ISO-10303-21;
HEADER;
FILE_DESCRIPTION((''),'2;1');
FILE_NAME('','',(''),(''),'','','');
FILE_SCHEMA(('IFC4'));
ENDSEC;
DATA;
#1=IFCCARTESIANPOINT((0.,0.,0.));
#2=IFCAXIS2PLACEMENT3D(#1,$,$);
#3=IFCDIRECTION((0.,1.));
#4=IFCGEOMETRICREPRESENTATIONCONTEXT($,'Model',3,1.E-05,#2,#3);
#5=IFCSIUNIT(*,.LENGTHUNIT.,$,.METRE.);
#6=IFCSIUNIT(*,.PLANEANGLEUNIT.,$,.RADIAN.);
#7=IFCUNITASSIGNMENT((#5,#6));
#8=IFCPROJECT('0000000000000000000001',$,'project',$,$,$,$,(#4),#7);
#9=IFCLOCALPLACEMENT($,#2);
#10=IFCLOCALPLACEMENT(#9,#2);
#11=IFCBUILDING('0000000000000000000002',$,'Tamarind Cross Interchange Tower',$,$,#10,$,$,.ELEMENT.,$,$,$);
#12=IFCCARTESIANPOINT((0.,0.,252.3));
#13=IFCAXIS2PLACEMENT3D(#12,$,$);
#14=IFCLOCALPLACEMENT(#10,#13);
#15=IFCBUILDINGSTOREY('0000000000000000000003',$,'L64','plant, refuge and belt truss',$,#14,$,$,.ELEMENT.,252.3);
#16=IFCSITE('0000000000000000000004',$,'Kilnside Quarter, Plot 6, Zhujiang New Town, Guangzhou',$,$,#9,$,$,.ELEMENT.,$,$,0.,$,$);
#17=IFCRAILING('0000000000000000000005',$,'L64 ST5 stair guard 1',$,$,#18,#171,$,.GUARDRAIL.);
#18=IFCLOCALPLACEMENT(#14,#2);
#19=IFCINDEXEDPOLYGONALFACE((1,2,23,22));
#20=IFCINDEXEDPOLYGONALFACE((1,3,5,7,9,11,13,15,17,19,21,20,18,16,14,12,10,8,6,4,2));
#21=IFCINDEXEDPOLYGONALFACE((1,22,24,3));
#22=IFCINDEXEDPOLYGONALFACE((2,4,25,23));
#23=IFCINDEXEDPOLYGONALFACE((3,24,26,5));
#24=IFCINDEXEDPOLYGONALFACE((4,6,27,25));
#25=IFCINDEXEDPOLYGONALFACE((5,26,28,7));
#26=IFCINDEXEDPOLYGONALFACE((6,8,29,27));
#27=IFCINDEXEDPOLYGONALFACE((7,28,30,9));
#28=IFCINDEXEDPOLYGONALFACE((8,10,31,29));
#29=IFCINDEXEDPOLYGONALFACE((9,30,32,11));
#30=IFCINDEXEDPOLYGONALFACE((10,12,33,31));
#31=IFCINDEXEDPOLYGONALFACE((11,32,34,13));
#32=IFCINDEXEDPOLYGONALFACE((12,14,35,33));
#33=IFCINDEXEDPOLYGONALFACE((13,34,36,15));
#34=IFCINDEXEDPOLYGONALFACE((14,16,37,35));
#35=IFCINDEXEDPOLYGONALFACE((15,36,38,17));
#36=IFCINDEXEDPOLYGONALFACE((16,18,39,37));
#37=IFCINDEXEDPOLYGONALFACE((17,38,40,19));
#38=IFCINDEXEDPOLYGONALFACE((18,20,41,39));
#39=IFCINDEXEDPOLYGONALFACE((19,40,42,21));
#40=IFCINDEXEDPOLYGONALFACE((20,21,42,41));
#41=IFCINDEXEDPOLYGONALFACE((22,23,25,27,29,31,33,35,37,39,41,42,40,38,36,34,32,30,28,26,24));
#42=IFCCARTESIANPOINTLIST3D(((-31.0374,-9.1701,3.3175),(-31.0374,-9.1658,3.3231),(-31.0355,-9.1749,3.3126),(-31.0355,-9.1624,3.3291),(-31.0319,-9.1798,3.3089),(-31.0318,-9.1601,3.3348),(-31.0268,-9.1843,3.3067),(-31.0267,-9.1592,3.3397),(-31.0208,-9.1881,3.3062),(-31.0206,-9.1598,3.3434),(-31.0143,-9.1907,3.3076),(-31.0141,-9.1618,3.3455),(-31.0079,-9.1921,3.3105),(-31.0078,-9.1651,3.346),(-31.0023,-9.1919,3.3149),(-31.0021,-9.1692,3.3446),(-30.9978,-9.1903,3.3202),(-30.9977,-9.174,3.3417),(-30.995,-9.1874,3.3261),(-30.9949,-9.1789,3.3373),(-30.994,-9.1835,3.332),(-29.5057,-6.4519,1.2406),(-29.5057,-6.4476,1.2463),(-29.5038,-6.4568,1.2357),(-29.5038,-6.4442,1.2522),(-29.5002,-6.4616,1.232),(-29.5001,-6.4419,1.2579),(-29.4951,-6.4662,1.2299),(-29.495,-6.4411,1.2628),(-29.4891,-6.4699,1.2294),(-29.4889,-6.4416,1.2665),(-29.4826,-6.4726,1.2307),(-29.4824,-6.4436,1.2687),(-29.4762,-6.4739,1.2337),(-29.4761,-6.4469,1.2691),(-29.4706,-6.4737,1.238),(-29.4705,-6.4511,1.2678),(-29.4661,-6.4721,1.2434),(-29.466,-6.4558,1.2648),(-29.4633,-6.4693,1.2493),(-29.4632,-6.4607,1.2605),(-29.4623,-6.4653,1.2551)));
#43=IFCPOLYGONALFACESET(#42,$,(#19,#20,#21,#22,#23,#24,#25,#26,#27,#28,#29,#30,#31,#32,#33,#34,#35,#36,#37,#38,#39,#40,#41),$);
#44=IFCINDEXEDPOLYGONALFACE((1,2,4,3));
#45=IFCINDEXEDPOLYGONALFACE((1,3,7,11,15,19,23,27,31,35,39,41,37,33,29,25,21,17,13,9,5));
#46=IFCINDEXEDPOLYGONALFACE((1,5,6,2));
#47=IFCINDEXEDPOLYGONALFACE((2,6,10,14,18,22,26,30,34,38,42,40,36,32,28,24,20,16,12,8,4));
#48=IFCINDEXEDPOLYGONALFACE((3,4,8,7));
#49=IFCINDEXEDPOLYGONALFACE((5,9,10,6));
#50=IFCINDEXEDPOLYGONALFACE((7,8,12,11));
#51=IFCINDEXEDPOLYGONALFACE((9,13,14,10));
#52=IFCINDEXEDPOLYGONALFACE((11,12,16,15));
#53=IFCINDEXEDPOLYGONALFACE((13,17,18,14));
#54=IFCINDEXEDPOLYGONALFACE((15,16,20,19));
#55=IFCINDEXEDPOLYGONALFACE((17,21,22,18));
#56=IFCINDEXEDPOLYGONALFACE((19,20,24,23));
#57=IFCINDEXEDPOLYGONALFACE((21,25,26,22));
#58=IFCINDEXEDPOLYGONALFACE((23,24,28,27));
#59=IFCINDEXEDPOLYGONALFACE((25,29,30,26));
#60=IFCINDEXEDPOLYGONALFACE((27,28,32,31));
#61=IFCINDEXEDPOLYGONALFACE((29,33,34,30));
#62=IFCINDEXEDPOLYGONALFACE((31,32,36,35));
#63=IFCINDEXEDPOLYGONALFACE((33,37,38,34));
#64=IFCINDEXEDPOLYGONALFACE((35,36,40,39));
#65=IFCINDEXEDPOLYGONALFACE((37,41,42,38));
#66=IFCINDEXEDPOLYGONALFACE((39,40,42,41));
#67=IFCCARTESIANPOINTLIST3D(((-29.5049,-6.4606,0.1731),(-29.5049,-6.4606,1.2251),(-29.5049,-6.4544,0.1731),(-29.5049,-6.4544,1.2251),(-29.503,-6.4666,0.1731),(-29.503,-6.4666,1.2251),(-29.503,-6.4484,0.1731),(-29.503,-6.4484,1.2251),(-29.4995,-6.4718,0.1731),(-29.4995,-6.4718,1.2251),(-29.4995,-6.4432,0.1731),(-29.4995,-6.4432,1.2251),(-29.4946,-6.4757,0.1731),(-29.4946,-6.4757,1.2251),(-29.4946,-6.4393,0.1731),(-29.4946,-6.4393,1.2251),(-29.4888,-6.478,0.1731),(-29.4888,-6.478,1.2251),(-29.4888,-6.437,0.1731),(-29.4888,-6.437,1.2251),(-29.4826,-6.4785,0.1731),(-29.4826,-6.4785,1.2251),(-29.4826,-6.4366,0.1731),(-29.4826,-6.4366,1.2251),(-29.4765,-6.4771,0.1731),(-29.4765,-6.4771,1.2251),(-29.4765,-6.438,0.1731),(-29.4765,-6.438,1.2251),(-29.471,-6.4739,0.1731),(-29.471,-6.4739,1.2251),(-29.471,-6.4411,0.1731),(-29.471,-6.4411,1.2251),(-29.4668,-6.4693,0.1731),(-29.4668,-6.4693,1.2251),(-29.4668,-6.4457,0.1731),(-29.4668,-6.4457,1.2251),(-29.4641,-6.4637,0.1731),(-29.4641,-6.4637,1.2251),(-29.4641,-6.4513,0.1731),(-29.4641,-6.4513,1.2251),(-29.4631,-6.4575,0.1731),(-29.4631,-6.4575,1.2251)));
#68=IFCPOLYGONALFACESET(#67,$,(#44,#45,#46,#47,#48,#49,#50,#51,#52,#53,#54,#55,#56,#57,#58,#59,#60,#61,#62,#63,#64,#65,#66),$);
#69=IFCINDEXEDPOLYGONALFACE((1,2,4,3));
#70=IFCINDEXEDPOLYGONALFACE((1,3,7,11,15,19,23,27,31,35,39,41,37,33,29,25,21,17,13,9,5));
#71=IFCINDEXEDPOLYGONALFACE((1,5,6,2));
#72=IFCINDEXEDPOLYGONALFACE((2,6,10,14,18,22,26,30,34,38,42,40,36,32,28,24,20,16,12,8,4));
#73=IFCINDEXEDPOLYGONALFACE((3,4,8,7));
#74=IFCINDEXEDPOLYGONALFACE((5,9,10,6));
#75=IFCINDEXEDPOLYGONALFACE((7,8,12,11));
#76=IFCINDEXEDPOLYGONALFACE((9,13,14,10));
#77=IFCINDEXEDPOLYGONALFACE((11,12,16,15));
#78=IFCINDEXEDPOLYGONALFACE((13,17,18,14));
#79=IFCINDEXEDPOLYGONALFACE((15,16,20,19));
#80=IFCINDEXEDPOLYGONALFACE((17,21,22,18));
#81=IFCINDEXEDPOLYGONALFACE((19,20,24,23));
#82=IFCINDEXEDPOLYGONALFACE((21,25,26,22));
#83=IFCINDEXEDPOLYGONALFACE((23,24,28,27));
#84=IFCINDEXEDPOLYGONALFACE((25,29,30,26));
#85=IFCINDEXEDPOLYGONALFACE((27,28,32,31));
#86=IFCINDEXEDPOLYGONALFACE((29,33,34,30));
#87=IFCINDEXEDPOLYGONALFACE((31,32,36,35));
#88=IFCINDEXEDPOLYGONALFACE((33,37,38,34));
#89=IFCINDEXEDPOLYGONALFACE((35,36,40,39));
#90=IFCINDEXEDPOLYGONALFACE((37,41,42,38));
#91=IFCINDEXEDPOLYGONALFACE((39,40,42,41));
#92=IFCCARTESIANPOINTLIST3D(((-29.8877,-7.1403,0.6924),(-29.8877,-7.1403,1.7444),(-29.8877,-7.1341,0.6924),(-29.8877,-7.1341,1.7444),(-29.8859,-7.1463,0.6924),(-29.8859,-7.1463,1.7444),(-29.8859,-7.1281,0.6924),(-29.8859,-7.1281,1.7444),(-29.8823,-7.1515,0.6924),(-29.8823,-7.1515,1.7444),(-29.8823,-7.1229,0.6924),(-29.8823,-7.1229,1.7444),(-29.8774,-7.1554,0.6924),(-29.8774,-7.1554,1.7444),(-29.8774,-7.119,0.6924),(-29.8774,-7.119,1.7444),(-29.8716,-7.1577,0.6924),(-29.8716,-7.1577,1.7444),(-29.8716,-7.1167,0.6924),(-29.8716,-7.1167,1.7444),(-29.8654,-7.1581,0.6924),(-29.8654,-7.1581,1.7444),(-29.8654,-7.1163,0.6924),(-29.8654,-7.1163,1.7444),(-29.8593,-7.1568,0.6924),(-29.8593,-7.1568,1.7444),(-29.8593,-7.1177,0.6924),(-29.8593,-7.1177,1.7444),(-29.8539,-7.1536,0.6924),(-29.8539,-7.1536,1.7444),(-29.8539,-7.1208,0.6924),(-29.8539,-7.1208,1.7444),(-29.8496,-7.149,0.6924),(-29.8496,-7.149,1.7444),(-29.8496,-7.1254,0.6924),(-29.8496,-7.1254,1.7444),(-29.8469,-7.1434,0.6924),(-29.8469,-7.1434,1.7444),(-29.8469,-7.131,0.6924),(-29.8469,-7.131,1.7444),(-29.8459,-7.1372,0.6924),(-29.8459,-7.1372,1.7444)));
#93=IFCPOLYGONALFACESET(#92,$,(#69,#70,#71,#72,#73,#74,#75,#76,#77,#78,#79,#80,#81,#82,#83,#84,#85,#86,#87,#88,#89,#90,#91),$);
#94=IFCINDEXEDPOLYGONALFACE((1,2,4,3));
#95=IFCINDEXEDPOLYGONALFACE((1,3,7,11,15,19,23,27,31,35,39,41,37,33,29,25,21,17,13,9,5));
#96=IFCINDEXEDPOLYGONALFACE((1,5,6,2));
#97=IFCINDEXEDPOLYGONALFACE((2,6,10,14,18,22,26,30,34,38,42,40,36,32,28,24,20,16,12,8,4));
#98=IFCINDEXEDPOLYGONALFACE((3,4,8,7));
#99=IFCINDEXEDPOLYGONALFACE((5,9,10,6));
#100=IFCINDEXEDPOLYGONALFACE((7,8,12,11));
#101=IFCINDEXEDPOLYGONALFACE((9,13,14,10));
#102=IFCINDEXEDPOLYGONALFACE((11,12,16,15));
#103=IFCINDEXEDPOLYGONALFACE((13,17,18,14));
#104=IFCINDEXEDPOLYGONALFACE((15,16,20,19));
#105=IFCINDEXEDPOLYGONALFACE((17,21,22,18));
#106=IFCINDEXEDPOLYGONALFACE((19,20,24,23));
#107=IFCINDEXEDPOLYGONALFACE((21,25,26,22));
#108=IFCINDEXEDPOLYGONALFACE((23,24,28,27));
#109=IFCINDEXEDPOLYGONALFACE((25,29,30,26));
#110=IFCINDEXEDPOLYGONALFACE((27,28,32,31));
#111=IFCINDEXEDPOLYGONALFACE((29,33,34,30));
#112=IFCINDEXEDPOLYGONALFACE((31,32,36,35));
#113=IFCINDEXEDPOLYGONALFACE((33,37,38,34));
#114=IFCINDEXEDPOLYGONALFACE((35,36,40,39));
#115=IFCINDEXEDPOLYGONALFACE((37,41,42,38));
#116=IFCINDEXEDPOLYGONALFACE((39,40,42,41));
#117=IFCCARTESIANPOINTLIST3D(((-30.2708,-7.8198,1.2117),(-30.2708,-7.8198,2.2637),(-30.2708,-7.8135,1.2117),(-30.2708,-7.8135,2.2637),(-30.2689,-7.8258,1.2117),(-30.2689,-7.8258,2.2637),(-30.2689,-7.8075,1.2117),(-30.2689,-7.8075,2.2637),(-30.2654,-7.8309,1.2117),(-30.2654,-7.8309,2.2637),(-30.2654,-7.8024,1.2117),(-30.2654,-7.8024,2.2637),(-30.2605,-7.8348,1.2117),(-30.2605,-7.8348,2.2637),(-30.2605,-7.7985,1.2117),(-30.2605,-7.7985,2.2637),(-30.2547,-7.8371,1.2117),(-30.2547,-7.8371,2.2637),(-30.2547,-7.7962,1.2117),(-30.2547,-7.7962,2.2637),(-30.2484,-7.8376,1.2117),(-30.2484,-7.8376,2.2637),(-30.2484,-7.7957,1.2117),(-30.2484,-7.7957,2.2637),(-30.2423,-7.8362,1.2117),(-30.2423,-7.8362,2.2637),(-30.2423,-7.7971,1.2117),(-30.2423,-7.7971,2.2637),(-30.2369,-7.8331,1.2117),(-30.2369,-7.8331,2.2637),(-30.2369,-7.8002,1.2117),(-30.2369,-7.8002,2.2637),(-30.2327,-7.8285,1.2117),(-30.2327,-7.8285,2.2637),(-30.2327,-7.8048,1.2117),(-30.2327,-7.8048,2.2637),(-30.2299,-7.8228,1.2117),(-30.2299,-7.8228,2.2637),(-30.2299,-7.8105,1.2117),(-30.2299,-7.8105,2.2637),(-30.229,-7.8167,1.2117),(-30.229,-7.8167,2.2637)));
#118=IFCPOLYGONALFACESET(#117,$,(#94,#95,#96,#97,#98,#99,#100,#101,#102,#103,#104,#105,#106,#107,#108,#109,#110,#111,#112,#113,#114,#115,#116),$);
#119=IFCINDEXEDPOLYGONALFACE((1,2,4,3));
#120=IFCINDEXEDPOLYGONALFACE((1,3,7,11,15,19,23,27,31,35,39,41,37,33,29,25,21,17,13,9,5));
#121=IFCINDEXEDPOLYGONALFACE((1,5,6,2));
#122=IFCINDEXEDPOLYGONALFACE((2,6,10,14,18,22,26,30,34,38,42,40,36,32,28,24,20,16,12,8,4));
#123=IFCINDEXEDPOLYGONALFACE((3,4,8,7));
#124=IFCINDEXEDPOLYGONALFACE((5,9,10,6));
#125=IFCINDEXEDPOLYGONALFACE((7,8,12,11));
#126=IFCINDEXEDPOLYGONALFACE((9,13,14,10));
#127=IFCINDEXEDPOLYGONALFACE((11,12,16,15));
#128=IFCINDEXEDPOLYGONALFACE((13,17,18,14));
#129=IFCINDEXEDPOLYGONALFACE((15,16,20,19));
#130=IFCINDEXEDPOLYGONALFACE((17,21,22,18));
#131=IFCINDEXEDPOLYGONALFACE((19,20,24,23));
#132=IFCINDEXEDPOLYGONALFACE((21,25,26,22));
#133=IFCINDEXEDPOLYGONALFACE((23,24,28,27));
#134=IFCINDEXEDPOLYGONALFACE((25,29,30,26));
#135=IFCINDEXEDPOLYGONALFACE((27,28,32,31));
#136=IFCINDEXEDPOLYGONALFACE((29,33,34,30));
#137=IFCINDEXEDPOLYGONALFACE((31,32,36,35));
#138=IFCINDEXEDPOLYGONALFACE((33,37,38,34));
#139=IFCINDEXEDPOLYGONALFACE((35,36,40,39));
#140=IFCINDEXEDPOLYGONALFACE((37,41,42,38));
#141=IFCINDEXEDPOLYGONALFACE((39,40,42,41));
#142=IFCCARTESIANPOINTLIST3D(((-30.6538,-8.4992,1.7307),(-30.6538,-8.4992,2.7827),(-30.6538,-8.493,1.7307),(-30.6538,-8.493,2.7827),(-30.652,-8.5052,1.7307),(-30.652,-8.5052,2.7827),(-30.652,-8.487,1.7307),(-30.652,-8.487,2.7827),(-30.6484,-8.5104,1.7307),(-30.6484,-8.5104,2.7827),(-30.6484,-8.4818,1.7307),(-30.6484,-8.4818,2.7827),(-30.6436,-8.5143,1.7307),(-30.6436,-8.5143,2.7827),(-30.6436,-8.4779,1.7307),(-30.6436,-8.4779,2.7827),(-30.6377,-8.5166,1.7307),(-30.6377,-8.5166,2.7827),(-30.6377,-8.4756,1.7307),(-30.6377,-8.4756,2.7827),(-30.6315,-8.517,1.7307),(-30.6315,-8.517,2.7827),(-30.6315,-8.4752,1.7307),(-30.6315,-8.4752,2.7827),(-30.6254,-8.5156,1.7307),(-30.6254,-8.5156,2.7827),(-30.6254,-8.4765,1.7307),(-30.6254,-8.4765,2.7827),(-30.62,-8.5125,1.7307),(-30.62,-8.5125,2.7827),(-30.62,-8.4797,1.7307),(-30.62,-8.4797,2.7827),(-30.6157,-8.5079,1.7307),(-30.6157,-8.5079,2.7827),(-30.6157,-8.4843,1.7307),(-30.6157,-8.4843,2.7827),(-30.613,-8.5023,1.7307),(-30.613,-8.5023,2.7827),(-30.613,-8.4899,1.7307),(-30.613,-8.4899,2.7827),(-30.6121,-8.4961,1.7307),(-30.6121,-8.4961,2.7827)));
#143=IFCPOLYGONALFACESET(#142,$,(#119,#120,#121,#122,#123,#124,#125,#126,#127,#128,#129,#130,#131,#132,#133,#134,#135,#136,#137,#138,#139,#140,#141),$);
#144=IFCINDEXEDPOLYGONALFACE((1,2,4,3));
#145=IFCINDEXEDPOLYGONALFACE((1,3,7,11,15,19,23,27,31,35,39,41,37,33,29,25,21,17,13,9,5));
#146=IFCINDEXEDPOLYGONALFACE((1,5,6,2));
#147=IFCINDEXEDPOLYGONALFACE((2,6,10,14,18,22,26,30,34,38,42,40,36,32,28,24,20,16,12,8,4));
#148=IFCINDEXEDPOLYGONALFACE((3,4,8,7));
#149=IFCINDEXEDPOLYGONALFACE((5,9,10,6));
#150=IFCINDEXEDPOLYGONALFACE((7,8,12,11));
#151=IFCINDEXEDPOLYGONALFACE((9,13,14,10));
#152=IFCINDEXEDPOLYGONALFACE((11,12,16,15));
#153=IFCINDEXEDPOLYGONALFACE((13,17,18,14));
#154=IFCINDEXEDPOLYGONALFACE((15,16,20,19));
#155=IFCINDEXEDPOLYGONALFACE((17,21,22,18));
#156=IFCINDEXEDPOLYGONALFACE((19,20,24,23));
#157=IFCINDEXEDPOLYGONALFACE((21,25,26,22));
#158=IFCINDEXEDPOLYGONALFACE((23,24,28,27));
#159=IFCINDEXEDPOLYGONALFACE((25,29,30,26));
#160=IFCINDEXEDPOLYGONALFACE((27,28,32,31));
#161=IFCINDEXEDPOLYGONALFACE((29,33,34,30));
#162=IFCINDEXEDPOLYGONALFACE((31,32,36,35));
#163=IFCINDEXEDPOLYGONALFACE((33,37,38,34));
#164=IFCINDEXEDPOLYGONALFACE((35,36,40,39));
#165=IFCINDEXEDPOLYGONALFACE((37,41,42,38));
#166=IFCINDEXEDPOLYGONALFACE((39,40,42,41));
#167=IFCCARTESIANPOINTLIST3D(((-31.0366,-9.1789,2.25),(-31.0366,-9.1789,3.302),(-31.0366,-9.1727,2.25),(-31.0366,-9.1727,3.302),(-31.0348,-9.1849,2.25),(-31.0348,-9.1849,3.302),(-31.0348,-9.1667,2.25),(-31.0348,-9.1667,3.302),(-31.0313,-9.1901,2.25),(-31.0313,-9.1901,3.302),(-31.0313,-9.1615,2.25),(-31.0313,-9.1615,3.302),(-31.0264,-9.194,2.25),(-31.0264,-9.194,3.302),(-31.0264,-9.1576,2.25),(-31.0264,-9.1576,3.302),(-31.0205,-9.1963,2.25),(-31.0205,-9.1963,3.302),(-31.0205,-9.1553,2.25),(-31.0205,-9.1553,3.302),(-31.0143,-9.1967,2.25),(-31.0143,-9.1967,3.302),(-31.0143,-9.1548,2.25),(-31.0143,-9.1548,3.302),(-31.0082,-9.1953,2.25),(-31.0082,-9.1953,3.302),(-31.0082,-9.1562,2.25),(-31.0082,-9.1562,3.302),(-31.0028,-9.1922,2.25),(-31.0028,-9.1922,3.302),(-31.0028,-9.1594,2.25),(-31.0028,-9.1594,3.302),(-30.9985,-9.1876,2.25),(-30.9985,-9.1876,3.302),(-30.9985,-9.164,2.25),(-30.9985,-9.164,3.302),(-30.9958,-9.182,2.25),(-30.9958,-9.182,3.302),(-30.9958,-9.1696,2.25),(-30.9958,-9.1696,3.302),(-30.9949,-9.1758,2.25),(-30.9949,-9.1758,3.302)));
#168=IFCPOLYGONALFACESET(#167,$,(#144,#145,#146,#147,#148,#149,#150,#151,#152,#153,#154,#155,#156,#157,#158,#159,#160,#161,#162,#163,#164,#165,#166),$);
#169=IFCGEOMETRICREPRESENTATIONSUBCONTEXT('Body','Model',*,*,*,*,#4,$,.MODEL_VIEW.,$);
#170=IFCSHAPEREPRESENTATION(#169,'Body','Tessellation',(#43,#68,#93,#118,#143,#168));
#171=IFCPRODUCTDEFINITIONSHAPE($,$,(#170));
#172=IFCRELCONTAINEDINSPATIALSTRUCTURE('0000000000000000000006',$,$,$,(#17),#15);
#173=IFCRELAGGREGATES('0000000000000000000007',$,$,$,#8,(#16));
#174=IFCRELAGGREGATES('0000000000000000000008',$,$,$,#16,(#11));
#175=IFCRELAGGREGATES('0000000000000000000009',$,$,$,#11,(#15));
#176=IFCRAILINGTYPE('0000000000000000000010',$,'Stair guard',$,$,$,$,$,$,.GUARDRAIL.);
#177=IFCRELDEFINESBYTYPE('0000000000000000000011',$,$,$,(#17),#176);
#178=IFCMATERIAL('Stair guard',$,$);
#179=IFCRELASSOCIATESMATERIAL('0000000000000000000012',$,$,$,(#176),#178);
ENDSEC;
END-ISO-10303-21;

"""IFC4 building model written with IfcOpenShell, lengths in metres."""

from ifc_helpers import new_model, si_unit, direction, frame, origin, origin_2d, place, context, subcontext, project, spatial, circle, extrude, material, type_object, element, save


model = new_model("IFC4")

# Units and contexts
model_context = context("Model", 3, precision=1e-05, world=origin(), true_north=direction((0.0, 1.0)))
body_context = subcontext(model_context, "Body", "Model", "MODEL_VIEW")
ifc_project = project(units=[si_unit("LENGTHUNIT", "METRE"), si_unit("PLANEANGLEUNIT", "RADIAN")], contexts=[model_context])

# Site, building, storey
site_placement = place(None, origin())
site = spatial("IfcSite", under=ifc_project, at=site_placement, Name="Kilnside Quarter, Plot 6, Zhujiang New Town, Guangzhou", CompositionType="ELEMENT", RefElevation=0.0)
building_placement = place(site_placement, origin())
building = spatial("IfcBuilding", under=site, at=building_placement, Name="Tamarind Cross Interchange Tower", CompositionType="ELEMENT")
storey_placement = place(building_placement, frame((0.0, 0.0, 252.3)))
storey = spatial("IfcBuildingStorey", under=building, at=storey_placement, Name="L64", Description="plant, refuge and belt truss", CompositionType="ELEMENT", Elevation=252.3)

# Railing
ifc_material_1 = material(Name="Stair guard")
railing_type_1 = type_object("IfcRailingType", Name="Stair guard", PredefinedType="GUARDRAIL", material=ifc_material_1)
railing_1_placement = place(storey_placement, frame((-29.4841, -6.4575, 0.1731)))
element("IfcRailing", 1, at=railing_1_placement, inside=storey, type_object=railing_type_1, Name="L64 ST5 stair guard 1", PredefinedType="GUARDRAIL", context=body_context, shape_type="SweptSolid", body=[
    extrude(circle(Radius=0.0239, at=origin_2d()), frame((0.0, 0.0, 1.0762), z_axis=(-0.408664, -0.725226, 0.554113), x_axis=(0.871203, -0.490922, 0.0)), (0.0, 0.0, 1.0), 3.748),
    extrude(circle(Radius=0.021, at=origin_2d()), origin(), (0.0, 0.0, 1.0), 1.052),
    extrude(circle(Radius=0.021, at=origin_2d()), frame((-0.3828, -0.6797, 0.5193)), (0.0, 0.0, 1.0), 1.052),
    extrude(circle(Radius=0.021, at=origin_2d()), frame((-0.7659, -1.3591, 1.0386)), (0.0, 0.0, 1.0), 1.052),
    extrude(circle(Radius=0.021, at=origin_2d()), frame((-1.1489, -2.0386, 1.5576)), (0.0, 0.0, 1.0), 1.052),
    extrude(circle(Radius=0.021, at=origin_2d()), frame((-1.5317, -2.7183, 2.0769)), (0.0, 0.0, 1.0), 1.052),
])

save(model, "model.ifc")
